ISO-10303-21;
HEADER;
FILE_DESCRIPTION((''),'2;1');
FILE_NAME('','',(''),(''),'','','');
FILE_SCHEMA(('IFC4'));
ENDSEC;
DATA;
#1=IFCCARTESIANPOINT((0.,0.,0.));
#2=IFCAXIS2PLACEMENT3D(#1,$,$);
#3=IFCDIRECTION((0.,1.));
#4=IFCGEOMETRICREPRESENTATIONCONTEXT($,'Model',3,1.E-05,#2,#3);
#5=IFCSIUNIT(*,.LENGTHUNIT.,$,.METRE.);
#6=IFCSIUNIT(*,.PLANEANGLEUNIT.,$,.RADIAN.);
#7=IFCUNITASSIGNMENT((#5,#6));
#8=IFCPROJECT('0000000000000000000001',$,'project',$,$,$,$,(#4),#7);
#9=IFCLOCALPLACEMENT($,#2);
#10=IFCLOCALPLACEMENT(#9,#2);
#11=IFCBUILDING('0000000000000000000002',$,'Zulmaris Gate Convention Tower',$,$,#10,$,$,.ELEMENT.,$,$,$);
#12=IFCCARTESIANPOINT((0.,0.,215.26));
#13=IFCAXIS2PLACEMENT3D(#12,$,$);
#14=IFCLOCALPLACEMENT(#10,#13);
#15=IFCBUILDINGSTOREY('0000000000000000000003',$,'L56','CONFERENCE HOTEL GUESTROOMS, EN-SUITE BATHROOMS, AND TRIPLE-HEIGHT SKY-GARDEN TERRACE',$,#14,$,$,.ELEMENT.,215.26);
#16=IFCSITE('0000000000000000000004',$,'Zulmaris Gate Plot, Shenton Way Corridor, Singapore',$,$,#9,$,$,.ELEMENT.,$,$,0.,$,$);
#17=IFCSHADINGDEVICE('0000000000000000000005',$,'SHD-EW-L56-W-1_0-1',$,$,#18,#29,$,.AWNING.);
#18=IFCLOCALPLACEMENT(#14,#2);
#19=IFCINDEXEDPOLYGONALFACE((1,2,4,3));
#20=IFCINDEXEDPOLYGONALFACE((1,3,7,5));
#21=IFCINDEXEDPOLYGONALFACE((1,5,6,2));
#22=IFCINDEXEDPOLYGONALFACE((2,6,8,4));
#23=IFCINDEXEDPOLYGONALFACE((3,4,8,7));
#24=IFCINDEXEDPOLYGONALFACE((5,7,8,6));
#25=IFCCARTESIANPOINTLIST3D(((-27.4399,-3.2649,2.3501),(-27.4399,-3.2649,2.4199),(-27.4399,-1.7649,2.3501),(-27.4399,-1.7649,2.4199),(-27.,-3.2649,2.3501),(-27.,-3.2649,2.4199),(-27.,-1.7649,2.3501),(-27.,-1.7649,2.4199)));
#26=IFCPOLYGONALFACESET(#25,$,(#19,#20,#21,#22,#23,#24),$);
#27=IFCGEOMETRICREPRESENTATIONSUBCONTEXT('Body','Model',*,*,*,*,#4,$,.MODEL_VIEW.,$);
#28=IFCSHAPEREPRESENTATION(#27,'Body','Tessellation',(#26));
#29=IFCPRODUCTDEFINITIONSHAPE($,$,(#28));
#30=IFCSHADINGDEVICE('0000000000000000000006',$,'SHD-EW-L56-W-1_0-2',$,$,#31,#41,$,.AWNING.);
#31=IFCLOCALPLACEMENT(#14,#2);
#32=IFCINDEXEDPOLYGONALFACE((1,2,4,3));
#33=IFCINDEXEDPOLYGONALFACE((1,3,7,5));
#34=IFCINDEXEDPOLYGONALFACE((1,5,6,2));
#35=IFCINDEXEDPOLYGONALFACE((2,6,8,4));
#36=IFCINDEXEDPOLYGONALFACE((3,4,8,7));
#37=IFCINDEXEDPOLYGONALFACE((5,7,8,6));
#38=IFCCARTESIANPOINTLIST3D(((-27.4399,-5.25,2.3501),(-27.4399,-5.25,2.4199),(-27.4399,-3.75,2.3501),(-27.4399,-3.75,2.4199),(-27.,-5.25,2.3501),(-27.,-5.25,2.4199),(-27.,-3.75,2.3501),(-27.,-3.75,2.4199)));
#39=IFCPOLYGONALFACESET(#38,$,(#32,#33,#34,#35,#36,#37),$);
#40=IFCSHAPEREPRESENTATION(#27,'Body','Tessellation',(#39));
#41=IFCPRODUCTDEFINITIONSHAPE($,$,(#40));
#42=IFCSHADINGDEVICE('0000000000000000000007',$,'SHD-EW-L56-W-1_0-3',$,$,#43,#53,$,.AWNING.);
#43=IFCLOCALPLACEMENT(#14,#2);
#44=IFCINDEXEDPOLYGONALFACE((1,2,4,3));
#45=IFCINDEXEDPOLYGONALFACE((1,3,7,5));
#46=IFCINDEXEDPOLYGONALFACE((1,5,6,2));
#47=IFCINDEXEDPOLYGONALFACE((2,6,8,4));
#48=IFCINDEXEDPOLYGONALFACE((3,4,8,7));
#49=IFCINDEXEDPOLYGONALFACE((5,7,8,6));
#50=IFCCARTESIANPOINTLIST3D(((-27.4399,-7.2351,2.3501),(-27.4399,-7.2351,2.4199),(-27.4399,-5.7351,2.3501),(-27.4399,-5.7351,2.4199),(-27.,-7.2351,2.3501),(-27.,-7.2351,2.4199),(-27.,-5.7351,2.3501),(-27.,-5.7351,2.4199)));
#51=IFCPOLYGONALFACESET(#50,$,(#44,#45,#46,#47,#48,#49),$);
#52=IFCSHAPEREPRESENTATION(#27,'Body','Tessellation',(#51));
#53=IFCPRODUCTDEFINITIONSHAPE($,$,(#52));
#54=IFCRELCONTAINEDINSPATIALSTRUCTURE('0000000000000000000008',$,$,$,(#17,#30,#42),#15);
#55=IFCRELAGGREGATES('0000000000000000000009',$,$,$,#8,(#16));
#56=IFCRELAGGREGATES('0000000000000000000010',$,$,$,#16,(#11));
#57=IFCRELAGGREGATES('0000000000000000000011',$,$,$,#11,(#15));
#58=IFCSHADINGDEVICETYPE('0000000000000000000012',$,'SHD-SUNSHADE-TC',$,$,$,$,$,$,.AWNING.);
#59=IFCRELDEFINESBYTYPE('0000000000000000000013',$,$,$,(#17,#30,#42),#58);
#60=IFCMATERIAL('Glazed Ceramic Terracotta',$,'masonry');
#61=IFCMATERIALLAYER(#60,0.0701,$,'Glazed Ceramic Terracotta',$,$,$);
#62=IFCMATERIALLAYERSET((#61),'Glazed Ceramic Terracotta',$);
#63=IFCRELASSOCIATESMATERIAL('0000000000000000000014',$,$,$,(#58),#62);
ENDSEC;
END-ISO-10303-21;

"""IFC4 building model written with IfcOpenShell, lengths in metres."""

from ifc_helpers import new_model, si_unit, direction, frame, frame_2d, origin, place, context, subcontext, project, spatial, rectangle, extrude, material, layer, layer_set, type_object, element, save


model = new_model("IFC4")

# Units and contexts
model_context = context("Model", 3, precision=1e-05, world=origin(), true_north=direction((0.0, 1.0)))
body_context = subcontext(model_context, "Body", "Model", "MODEL_VIEW")
ifc_project = project(units=[si_unit("LENGTHUNIT", "METRE"), si_unit("PLANEANGLEUNIT", "RADIAN")], contexts=[model_context])

# Site, building, storey
site_placement = place(None, origin())
site = spatial("IfcSite", under=ifc_project, at=site_placement, Name="Zulmaris Gate Plot, Shenton Way Corridor, Singapore", CompositionType="ELEMENT", RefElevation=0.0)
building_placement = place(site_placement, origin())
building = spatial("IfcBuilding", under=site, at=building_placement, Name="Zulmaris Gate Convention Tower", CompositionType="ELEMENT")
storey_placement = place(building_placement, frame((0.0, 0.0, 215.26)))
storey = spatial("IfcBuildingStorey", under=building, at=storey_placement, Name="L56", Description="CONFERENCE HOTEL GUESTROOMS, EN-SUITE BATHROOMS, AND TRIPLE-HEIGHT SKY-GARDEN TERRACE", CompositionType="ELEMENT", Elevation=215.26)

# Shading devices
ifc_material_1 = material(Name="Glazed Ceramic Terracotta", Category="masonry")
ifc_layer_1 = layer(ifc_material_1, 0.0701, Name="Glazed Ceramic Terracotta")
ifc_layer_set_1 = layer_set([ifc_layer_1], Name="Glazed Ceramic Terracotta")
shading_device_type = type_object("IfcShadingDeviceType", Name="SHD-SUNSHADE-TC", PredefinedType="AWNING", material=ifc_layer_set_1)
for number, where, z_axis, x_axis, name in (
    (1, (-27.22, -1.7649, 2.3501), (0.0, 0.0, 1.0), (0.0, -1.0, 0.0), "SHD-EW-L56-W-1_0-1"),
    (2, (-27.22, -3.75, 2.3501), (0.0, 0.0, 1.0), (0.0, -1.0, 0.0), "SHD-EW-L56-W-1_0-2"),
    (3, (-27.22, -5.7351, 2.3501), (0.0, 0.0, 1.0), (0.0, -1.0, 0.0), "SHD-EW-L56-W-1_0-3"),
):
    element("IfcShadingDevice", number, at=place(storey_placement, frame(where, z_axis=z_axis, x_axis=x_axis)), inside=storey, type_object=shading_device_type, Name=name, PredefinedType="AWNING", context=body_context, shape_type="SweptSolid", body=[
        extrude(rectangle(XDim=1.5, YDim=0.4399, at=frame_2d((0.75, 0.0))), origin(), (0.0, 0.0, 1.0), 0.0698),
    ])

save(model, "model.ifc")
